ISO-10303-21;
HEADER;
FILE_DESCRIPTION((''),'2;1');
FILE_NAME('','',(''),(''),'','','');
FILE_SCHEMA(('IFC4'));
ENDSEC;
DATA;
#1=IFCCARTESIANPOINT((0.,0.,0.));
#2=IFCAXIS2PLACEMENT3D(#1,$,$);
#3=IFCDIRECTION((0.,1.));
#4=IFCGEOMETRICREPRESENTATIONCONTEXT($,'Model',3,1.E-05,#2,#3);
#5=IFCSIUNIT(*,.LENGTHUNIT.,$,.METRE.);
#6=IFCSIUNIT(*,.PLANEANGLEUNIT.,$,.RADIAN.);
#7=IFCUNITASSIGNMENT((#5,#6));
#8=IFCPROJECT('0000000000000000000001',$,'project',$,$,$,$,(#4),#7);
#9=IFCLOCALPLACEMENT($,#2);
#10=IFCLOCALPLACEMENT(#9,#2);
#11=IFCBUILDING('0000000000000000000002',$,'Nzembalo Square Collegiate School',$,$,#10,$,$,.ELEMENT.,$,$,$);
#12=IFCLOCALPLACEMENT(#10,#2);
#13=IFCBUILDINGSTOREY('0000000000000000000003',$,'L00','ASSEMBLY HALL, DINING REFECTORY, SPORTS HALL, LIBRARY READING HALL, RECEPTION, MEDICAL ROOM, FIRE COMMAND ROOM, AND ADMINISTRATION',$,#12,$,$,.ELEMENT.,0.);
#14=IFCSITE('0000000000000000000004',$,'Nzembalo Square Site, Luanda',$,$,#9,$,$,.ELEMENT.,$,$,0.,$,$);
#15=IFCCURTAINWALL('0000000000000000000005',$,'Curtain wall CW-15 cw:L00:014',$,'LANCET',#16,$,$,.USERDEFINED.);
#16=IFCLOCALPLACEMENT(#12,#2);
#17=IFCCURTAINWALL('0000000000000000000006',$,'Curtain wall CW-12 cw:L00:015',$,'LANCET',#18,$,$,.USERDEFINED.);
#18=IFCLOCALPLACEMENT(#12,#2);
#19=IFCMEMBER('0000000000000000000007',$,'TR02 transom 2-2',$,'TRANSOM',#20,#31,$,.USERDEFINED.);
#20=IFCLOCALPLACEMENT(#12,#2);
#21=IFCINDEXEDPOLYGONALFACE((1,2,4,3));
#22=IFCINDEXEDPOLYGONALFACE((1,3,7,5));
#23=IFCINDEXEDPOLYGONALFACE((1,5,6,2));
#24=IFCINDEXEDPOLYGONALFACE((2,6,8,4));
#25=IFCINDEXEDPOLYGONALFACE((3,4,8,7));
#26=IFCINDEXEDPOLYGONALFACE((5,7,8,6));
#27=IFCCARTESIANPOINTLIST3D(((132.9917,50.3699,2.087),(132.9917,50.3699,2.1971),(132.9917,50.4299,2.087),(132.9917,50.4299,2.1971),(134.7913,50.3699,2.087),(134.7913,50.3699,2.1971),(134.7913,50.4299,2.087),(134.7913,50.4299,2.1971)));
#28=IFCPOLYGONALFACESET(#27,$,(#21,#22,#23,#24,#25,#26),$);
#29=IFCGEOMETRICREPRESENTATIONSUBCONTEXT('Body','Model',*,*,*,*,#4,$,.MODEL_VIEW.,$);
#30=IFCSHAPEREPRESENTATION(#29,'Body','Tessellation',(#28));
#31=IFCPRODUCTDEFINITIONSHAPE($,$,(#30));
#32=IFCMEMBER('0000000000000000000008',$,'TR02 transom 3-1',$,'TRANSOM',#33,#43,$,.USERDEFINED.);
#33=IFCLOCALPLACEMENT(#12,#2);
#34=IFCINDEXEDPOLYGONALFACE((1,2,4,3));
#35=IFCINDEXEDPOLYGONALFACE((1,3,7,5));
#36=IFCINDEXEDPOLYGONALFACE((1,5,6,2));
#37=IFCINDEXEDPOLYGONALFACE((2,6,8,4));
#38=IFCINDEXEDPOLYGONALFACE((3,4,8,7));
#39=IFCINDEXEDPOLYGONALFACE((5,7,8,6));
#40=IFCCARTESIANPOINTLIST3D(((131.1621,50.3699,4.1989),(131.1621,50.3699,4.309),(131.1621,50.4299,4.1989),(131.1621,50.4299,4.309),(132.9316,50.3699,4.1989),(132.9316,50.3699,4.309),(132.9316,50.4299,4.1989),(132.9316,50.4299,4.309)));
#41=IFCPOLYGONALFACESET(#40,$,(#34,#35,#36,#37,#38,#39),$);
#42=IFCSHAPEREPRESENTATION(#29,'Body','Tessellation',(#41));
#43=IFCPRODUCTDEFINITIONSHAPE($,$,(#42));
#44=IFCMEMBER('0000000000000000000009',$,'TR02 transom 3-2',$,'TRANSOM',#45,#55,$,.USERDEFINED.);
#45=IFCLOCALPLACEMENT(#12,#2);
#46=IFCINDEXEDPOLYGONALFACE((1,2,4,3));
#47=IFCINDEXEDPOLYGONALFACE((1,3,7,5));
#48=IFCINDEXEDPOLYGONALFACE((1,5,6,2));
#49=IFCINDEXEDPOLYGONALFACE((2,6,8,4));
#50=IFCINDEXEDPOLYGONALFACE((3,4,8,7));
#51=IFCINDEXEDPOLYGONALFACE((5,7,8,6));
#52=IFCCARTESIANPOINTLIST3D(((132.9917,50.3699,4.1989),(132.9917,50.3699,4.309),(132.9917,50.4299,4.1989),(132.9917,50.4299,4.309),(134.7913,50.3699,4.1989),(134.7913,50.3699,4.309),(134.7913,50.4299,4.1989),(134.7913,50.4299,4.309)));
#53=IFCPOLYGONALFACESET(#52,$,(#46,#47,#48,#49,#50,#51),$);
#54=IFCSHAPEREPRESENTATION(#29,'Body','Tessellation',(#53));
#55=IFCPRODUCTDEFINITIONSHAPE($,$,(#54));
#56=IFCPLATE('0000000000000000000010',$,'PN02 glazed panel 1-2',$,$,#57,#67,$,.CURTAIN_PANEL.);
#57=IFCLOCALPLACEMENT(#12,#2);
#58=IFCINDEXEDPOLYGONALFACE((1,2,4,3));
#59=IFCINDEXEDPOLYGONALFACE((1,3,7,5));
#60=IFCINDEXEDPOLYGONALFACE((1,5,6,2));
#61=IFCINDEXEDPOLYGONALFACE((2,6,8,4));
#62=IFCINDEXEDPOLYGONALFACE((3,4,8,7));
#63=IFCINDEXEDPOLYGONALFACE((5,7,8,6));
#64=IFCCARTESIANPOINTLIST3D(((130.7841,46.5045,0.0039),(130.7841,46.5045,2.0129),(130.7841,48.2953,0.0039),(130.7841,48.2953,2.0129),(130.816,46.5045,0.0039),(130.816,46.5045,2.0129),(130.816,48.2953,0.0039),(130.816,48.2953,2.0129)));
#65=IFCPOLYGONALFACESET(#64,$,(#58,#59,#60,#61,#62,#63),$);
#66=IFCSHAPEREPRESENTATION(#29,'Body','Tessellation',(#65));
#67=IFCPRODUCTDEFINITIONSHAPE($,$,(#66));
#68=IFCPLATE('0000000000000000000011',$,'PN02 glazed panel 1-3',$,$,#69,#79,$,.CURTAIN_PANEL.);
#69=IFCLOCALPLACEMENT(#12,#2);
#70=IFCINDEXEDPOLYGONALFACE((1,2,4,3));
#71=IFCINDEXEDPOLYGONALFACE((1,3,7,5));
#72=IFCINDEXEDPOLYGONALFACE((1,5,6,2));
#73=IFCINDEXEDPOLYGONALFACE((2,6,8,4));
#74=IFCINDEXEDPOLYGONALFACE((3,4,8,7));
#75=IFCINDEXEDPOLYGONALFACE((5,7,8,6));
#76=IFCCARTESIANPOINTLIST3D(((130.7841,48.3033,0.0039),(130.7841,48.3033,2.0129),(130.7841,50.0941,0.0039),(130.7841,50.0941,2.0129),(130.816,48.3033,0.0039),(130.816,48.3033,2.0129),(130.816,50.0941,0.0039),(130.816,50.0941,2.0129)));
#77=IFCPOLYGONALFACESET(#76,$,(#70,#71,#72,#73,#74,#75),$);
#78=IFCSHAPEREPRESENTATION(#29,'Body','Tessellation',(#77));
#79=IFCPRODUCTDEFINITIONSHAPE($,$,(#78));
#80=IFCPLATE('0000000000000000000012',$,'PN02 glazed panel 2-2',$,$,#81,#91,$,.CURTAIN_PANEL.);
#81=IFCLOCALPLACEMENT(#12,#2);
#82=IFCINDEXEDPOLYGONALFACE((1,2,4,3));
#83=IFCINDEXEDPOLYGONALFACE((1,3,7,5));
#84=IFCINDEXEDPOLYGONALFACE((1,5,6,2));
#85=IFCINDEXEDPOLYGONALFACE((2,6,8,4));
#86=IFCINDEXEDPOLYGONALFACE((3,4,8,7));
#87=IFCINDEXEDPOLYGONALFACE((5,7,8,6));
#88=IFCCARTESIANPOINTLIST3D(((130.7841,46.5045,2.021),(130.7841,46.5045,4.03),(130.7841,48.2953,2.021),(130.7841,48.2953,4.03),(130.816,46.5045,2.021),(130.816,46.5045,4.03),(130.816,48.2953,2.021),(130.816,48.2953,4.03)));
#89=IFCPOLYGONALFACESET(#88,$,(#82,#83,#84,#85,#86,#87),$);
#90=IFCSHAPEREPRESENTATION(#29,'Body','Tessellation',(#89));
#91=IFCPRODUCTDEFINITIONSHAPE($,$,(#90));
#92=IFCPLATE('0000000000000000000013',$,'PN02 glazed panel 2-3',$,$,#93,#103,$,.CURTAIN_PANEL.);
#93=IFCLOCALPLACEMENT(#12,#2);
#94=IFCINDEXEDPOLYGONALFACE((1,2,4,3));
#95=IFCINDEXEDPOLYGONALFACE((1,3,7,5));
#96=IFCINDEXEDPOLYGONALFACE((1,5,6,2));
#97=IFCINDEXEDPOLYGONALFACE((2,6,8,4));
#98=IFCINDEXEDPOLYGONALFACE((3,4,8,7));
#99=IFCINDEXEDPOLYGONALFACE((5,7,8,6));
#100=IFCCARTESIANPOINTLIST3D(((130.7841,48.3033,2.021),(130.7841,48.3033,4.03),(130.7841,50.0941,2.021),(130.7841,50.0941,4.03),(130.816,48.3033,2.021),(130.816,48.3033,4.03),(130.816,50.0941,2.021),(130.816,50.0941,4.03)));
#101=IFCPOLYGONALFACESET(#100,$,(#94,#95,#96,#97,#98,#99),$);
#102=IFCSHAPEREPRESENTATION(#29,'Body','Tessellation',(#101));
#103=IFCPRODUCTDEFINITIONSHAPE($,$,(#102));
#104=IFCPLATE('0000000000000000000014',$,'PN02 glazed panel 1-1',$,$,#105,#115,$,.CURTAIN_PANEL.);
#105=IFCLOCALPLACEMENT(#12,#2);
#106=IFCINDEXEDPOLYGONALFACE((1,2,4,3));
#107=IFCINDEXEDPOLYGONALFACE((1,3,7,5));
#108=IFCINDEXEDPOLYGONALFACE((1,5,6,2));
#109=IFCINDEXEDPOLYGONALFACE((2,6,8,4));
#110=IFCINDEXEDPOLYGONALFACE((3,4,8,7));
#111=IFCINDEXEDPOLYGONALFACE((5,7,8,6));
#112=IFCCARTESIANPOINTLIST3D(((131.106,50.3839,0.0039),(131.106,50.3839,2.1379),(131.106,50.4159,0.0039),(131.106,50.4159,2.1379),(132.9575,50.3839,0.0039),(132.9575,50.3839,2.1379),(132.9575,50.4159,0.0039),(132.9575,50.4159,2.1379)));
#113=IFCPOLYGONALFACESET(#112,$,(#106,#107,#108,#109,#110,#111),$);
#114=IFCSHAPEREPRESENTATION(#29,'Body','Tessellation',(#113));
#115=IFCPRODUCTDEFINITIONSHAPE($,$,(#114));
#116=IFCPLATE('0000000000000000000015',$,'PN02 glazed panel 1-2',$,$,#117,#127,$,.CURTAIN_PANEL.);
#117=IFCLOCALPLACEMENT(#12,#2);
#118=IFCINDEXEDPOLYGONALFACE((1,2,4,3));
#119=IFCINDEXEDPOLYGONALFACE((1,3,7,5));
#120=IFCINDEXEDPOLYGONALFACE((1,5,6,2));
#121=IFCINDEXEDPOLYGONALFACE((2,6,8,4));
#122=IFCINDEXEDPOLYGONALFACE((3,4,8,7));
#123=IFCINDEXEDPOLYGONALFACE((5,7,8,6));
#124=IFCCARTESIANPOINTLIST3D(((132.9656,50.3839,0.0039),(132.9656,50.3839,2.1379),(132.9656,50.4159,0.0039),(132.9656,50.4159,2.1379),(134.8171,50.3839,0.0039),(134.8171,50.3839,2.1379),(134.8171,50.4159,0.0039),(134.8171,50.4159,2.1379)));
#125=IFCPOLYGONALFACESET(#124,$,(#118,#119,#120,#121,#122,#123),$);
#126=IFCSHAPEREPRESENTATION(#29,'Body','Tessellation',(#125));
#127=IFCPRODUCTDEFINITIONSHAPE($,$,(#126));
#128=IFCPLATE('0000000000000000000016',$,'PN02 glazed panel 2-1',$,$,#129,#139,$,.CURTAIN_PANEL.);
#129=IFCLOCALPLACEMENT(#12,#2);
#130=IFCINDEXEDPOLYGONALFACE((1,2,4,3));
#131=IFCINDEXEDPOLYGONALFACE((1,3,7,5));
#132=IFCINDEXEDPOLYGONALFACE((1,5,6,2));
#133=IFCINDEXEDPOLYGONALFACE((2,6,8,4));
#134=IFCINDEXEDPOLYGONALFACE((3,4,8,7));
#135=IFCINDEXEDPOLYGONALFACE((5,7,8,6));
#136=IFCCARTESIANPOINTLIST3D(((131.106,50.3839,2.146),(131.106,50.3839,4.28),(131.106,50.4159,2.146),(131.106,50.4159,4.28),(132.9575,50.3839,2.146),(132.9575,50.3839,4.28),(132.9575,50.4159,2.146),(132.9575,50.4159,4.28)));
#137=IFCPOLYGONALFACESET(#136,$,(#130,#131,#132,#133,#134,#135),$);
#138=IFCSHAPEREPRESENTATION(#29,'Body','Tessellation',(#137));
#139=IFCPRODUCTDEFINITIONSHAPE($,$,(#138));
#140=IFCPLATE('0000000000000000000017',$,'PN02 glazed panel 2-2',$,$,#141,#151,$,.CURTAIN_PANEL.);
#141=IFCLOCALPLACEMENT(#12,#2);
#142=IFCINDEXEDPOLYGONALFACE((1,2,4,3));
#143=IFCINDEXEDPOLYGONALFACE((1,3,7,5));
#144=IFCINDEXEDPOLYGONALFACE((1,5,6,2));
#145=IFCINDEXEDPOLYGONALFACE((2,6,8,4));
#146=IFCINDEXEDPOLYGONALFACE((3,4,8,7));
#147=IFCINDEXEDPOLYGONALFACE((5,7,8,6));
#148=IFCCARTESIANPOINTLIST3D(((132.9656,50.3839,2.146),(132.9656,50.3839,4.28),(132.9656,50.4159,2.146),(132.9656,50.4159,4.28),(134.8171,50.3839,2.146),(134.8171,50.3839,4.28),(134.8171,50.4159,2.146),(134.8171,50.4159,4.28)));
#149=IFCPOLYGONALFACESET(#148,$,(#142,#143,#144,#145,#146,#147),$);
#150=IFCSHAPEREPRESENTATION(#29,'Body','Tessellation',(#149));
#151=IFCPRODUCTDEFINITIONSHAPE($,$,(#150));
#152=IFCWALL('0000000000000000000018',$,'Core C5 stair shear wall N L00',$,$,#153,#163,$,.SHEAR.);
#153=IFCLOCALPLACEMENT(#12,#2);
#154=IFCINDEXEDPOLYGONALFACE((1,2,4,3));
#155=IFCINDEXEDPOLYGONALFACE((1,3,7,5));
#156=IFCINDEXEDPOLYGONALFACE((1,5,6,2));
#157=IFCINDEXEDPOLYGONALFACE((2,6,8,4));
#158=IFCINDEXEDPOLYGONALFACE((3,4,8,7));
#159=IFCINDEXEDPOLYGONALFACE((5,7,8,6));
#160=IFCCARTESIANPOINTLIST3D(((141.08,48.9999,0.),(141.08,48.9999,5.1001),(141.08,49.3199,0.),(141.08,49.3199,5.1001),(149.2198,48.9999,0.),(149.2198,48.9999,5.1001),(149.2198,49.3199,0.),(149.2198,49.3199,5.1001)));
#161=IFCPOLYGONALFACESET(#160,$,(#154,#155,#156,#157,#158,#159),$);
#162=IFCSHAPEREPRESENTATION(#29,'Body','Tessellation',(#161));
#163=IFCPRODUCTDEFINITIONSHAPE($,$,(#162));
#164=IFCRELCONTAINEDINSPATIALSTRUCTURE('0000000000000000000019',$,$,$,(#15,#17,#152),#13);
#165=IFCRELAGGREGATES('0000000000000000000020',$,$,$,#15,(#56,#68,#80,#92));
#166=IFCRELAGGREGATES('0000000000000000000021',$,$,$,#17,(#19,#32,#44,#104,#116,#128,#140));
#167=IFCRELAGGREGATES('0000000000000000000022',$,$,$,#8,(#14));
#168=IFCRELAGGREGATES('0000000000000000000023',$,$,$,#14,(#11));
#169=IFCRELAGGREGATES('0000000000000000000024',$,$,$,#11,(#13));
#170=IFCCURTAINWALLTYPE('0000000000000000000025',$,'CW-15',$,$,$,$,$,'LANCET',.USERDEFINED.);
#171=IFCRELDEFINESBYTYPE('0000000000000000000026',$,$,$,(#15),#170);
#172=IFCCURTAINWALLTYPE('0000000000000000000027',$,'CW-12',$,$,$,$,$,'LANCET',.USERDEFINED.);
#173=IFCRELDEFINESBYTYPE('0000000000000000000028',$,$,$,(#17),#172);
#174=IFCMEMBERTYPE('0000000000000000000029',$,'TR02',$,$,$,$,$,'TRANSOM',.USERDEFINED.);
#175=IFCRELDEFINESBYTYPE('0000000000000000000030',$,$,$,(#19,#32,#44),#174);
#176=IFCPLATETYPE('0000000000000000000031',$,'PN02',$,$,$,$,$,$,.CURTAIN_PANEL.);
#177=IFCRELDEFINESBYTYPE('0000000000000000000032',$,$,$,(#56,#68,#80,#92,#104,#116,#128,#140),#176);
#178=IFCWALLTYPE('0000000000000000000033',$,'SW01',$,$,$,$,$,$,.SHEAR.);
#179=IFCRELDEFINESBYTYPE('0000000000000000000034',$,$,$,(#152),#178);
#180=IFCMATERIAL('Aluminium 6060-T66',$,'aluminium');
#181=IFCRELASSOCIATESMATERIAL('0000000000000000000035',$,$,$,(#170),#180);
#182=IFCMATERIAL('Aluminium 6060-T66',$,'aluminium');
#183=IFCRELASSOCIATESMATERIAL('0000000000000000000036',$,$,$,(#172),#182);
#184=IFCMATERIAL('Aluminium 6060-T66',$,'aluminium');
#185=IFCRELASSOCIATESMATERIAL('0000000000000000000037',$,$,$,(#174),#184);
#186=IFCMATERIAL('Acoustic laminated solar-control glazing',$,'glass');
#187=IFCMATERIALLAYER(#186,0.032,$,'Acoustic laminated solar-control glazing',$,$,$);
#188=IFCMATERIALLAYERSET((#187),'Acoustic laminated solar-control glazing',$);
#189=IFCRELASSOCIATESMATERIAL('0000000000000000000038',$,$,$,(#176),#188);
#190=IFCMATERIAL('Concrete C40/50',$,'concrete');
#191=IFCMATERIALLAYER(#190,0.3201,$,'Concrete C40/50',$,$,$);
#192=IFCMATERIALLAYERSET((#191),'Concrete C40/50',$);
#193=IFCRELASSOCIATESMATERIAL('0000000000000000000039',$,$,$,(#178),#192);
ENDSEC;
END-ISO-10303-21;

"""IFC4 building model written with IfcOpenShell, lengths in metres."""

from ifc_helpers import new_model, si_unit, direction, frame, frame_2d, origin, origin_2d, place, context, subcontext, project, spatial, rectangle, extrude, material, layer, layer_set, material_profile, profile_set, type_object, element, aggregate, save


model = new_model("IFC4")

# Units and contexts
model_context = context("Model", 3, precision=1e-05, world=origin(), true_north=direction((0.0, 1.0)))
body_context = subcontext(model_context, "Body", "Model", "MODEL_VIEW")
ifc_project = project(units=[si_unit("LENGTHUNIT", "METRE"), si_unit("PLANEANGLEUNIT", "RADIAN")], contexts=[model_context])

# Site, building, storey
site_placement = place(None, origin())
site = spatial("IfcSite", under=ifc_project, at=site_placement, Name="Nzembalo Square Site, Luanda", CompositionType="ELEMENT", RefElevation=0.0)
building_placement = place(site_placement, origin())
building = spatial("IfcBuilding", under=site, at=building_placement, Name="Nzembalo Square Collegiate School", CompositionType="ELEMENT")
storey_placement = place(building_placement, origin())
storey = spatial("IfcBuildingStorey", under=building, at=storey_placement, Name="L00", Description="ASSEMBLY HALL, DINING REFECTORY, SPORTS HALL, LIBRARY READING HALL, RECEPTION, MEDICAL ROOM, FIRE COMMAND ROOM, AND ADMINISTRATION", CompositionType="ELEMENT", Elevation=0.0)

# Curtain walls
ifc_material_1 = material(Name="Aluminium 6060-T66", Category="aluminium")
curtain_wall_type_1 = type_object("IfcCurtainWallType", Name="CW-15", ElementType="LANCET", PredefinedType="USERDEFINED", material=ifc_material_1)
curtain_wall_1_placement = place(storey_placement, origin())
curtain_wall_1 = element("IfcCurtainWall", 1, at=curtain_wall_1_placement, inside=storey, type_object=curtain_wall_type_1, Name="Curtain wall CW-15 cw:L00:014", ObjectType="LANCET", PredefinedType="USERDEFINED")
ifc_material_2 = material(Name="Aluminium 6060-T66", Category="aluminium")
curtain_wall_type_2 = type_object("IfcCurtainWallType", Name="CW-12", ElementType="LANCET", PredefinedType="USERDEFINED", material=ifc_material_2)
curtain_wall_2_placement = place(storey_placement, origin())
curtain_wall_2 = element("IfcCurtainWall", 2, at=curtain_wall_2_placement, inside=storey, type_object=curtain_wall_type_2, Name="Curtain wall CW-12 cw:L00:015", ObjectType="LANCET", PredefinedType="USERDEFINED")

# Members
ifc_material_3 = material(Name="Aluminium 6060-T66", Category="aluminium")
ifc_material_profile_1 = material_profile(ifc_material_3, rectangle(XDim=0.0601, YDim=0.1101, at=origin_2d()), Name="ALU T60x110")
ifc_profile_set_1 = profile_set([ifc_material_profile_1], Name="Aluminium 6060-T66")
member_type_1 = type_object("IfcMemberType", Name="TR02", ElementType="TRANSOM", PredefinedType="USERDEFINED", material=ifc_profile_set_1)
member_1_placement = place(storey_placement, frame((132.9917, 50.3999, 2.1421), z_axis=(1.0, 0.0, 0.0), x_axis=(0.0, 1.0, 0.0)))
member_1 = element("IfcMember", 3, at=member_1_placement, type_object=member_type_1, Name="TR02 transom 2-2", ObjectType="TRANSOM", PredefinedType="USERDEFINED", context=body_context, shape_type="SweptSolid", body=[
    extrude(rectangle(XDim=0.0601, YDim=0.1101, at=origin_2d()), origin(), (0.0, 0.0, 1.0), 1.7996),
])
member_2_placement = place(storey_placement, frame((131.1621, 50.3999, 4.2539), z_axis=(1.0, 0.0, 0.0), x_axis=(0.0, 1.0, 0.0)))
member_2 = element("IfcMember", 4, at=member_2_placement, type_object=member_type_1, Name="TR02 transom 3-1", ObjectType="TRANSOM", PredefinedType="USERDEFINED", context=body_context, shape_type="SweptSolid", body=[
    extrude(rectangle(XDim=0.0601, YDim=0.1101, at=origin_2d()), origin(), (0.0, 0.0, 1.0), 1.7695),
])
member_3_placement = place(storey_placement, frame((132.9917, 50.3999, 4.2539), z_axis=(1.0, 0.0, 0.0), x_axis=(0.0, 1.0, 0.0)))
member_3 = element("IfcMember", 5, at=member_3_placement, type_object=member_type_1, Name="TR02 transom 3-2", ObjectType="TRANSOM", PredefinedType="USERDEFINED", context=body_context, shape_type="SweptSolid", body=[
    extrude(rectangle(XDim=0.0601, YDim=0.1101, at=origin_2d()), origin(), (0.0, 0.0, 1.0), 1.7996),
])

# Plates
ifc_material_4 = material(Name="Acoustic laminated solar-control glazing", Category="glass")
ifc_layer_1 = layer(ifc_material_4, 0.032, Name="Acoustic laminated solar-control glazing")
ifc_layer_set_1 = layer_set([ifc_layer_1], Name="Acoustic laminated solar-control glazing")
plate_type = type_object("IfcPlateType", Name="PN02", PredefinedType="CURTAIN_PANEL", material=ifc_layer_set_1)
plate_1_placement = place(storey_placement, frame((130.8, 47.3999, 0.0039), z_axis=(0.0, 0.0, 1.0), x_axis=(0.0, 1.0, 0.0)))
plate_1 = element("IfcPlate", 6, at=plate_1_placement, type_object=plate_type, Name="PN02 glazed panel 1-2", PredefinedType="CURTAIN_PANEL", context=body_context, shape_type="SweptSolid", body=[
    extrude(rectangle(XDim=1.7908, YDim=0.032, at=origin_2d()), origin(), (0.0, 0.0, 1.0), 2.009),
])
plate_2_placement = place(storey_placement, frame((130.8, 49.1987, 0.0039), z_axis=(0.0, 0.0, 1.0), x_axis=(0.0, 1.0, 0.0)))
plate_2 = element("IfcPlate", 7, at=plate_2_placement, type_object=plate_type, Name="PN02 glazed panel 1-3", PredefinedType="CURTAIN_PANEL", context=body_context, shape_type="SweptSolid", body=[
    extrude(rectangle(XDim=1.7908, YDim=0.032, at=origin_2d()), origin(), (0.0, 0.0, 1.0), 2.009),
])
plate_3_placement = place(storey_placement, frame((130.8, 47.3999, 2.021), z_axis=(0.0, 0.0, 1.0), x_axis=(0.0, 1.0, 0.0)))
plate_3 = element("IfcPlate", 8, at=plate_3_placement, type_object=plate_type, Name="PN02 glazed panel 2-2", PredefinedType="CURTAIN_PANEL", context=body_context, shape_type="SweptSolid", body=[
    extrude(rectangle(XDim=1.7908, YDim=0.032, at=origin_2d()), origin(), (0.0, 0.0, 1.0), 2.009),
])
plate_4_placement = place(storey_placement, frame((130.8, 49.1987, 2.021), z_axis=(0.0, 0.0, 1.0), x_axis=(0.0, 1.0, 0.0)))
plate_4 = element("IfcPlate", 9, at=plate_4_placement, type_object=plate_type, Name="PN02 glazed panel 2-3", PredefinedType="CURTAIN_PANEL", context=body_context, shape_type="SweptSolid", body=[
    extrude(rectangle(XDim=1.7908, YDim=0.032, at=origin_2d()), origin(), (0.0, 0.0, 1.0), 2.009),
])
aggregate(curtain_wall_1, [plate_1, plate_2, plate_3, plate_4])
plate_5_placement = place(storey_placement, frame((132.0317, 50.3999, 0.0039), z_axis=(0.0, 0.0, 1.0), x_axis=(1.0, 0.0, 0.0)))
plate_5 = element("IfcPlate", 10, at=plate_5_placement, type_object=plate_type, Name="PN02 glazed panel 1-1", PredefinedType="CURTAIN_PANEL", context=body_context, shape_type="SweptSolid", body=[
    extrude(rectangle(XDim=1.8516, YDim=0.032, at=origin_2d()), origin(), (0.0, 0.0, 1.0), 2.134),
])
plate_6_placement = place(storey_placement, frame((133.8914, 50.3999, 0.0039), z_axis=(0.0, 0.0, 1.0), x_axis=(1.0, 0.0, 0.0)))
plate_6 = element("IfcPlate", 11, at=plate_6_placement, type_object=plate_type, Name="PN02 glazed panel 1-2", PredefinedType="CURTAIN_PANEL", context=body_context, shape_type="SweptSolid", body=[
    extrude(rectangle(XDim=1.8516, YDim=0.032, at=origin_2d()), origin(), (0.0, 0.0, 1.0), 2.134),
])
plate_7_placement = place(storey_placement, frame((132.0317, 50.3999, 2.146), z_axis=(0.0, 0.0, 1.0), x_axis=(1.0, 0.0, 0.0)))
plate_7 = element("IfcPlate", 12, at=plate_7_placement, type_object=plate_type, Name="PN02 glazed panel 2-1", PredefinedType="CURTAIN_PANEL", context=body_context, shape_type="SweptSolid", body=[
    extrude(rectangle(XDim=1.8516, YDim=0.032, at=origin_2d()), origin(), (0.0, 0.0, 1.0), 2.134),
])
plate_8_placement = place(storey_placement, frame((133.8914, 50.3999, 2.146), z_axis=(0.0, 0.0, 1.0), x_axis=(1.0, 0.0, 0.0)))
plate_8 = element("IfcPlate", 13, at=plate_8_placement, type_object=plate_type, Name="PN02 glazed panel 2-2", PredefinedType="CURTAIN_PANEL", context=body_context, shape_type="SweptSolid", body=[
    extrude(rectangle(XDim=1.8516, YDim=0.032, at=origin_2d()), origin(), (0.0, 0.0, 1.0), 2.134),
])
aggregate(curtain_wall_2, [member_1, member_2, member_3, plate_5, plate_6, plate_7, plate_8])

# Wall
ifc_material_5 = material(Name="Concrete C40/50", Category="concrete")
ifc_layer_2 = layer(ifc_material_5, 0.3201, Name="Concrete C40/50")
ifc_layer_set_2 = layer_set([ifc_layer_2], Name="Concrete C40/50")
wall_type = type_object("IfcWallType", Name="SW01", PredefinedType="SHEAR", material=ifc_layer_set_2)
wall_placement = place(storey_placement, frame((141.0801, 49.1599, 0.0), z_axis=(0.0, 0.0, 1.0), x_axis=(1.0, 0.0, 0.0)))
element("IfcWall", 14, at=wall_placement, inside=storey, type_object=wall_type, Name="Core C5 stair shear wall N L00", PredefinedType="SHEAR", context=body_context, shape_type="SweptSolid", body=[
    extrude(rectangle(XDim=8.1399, YDim=0.3201, at=frame_2d((4.0698, 0.0))), origin(), (0.0, 0.0, 1.0), 5.1001),
])

save(model, "model.ifc")
